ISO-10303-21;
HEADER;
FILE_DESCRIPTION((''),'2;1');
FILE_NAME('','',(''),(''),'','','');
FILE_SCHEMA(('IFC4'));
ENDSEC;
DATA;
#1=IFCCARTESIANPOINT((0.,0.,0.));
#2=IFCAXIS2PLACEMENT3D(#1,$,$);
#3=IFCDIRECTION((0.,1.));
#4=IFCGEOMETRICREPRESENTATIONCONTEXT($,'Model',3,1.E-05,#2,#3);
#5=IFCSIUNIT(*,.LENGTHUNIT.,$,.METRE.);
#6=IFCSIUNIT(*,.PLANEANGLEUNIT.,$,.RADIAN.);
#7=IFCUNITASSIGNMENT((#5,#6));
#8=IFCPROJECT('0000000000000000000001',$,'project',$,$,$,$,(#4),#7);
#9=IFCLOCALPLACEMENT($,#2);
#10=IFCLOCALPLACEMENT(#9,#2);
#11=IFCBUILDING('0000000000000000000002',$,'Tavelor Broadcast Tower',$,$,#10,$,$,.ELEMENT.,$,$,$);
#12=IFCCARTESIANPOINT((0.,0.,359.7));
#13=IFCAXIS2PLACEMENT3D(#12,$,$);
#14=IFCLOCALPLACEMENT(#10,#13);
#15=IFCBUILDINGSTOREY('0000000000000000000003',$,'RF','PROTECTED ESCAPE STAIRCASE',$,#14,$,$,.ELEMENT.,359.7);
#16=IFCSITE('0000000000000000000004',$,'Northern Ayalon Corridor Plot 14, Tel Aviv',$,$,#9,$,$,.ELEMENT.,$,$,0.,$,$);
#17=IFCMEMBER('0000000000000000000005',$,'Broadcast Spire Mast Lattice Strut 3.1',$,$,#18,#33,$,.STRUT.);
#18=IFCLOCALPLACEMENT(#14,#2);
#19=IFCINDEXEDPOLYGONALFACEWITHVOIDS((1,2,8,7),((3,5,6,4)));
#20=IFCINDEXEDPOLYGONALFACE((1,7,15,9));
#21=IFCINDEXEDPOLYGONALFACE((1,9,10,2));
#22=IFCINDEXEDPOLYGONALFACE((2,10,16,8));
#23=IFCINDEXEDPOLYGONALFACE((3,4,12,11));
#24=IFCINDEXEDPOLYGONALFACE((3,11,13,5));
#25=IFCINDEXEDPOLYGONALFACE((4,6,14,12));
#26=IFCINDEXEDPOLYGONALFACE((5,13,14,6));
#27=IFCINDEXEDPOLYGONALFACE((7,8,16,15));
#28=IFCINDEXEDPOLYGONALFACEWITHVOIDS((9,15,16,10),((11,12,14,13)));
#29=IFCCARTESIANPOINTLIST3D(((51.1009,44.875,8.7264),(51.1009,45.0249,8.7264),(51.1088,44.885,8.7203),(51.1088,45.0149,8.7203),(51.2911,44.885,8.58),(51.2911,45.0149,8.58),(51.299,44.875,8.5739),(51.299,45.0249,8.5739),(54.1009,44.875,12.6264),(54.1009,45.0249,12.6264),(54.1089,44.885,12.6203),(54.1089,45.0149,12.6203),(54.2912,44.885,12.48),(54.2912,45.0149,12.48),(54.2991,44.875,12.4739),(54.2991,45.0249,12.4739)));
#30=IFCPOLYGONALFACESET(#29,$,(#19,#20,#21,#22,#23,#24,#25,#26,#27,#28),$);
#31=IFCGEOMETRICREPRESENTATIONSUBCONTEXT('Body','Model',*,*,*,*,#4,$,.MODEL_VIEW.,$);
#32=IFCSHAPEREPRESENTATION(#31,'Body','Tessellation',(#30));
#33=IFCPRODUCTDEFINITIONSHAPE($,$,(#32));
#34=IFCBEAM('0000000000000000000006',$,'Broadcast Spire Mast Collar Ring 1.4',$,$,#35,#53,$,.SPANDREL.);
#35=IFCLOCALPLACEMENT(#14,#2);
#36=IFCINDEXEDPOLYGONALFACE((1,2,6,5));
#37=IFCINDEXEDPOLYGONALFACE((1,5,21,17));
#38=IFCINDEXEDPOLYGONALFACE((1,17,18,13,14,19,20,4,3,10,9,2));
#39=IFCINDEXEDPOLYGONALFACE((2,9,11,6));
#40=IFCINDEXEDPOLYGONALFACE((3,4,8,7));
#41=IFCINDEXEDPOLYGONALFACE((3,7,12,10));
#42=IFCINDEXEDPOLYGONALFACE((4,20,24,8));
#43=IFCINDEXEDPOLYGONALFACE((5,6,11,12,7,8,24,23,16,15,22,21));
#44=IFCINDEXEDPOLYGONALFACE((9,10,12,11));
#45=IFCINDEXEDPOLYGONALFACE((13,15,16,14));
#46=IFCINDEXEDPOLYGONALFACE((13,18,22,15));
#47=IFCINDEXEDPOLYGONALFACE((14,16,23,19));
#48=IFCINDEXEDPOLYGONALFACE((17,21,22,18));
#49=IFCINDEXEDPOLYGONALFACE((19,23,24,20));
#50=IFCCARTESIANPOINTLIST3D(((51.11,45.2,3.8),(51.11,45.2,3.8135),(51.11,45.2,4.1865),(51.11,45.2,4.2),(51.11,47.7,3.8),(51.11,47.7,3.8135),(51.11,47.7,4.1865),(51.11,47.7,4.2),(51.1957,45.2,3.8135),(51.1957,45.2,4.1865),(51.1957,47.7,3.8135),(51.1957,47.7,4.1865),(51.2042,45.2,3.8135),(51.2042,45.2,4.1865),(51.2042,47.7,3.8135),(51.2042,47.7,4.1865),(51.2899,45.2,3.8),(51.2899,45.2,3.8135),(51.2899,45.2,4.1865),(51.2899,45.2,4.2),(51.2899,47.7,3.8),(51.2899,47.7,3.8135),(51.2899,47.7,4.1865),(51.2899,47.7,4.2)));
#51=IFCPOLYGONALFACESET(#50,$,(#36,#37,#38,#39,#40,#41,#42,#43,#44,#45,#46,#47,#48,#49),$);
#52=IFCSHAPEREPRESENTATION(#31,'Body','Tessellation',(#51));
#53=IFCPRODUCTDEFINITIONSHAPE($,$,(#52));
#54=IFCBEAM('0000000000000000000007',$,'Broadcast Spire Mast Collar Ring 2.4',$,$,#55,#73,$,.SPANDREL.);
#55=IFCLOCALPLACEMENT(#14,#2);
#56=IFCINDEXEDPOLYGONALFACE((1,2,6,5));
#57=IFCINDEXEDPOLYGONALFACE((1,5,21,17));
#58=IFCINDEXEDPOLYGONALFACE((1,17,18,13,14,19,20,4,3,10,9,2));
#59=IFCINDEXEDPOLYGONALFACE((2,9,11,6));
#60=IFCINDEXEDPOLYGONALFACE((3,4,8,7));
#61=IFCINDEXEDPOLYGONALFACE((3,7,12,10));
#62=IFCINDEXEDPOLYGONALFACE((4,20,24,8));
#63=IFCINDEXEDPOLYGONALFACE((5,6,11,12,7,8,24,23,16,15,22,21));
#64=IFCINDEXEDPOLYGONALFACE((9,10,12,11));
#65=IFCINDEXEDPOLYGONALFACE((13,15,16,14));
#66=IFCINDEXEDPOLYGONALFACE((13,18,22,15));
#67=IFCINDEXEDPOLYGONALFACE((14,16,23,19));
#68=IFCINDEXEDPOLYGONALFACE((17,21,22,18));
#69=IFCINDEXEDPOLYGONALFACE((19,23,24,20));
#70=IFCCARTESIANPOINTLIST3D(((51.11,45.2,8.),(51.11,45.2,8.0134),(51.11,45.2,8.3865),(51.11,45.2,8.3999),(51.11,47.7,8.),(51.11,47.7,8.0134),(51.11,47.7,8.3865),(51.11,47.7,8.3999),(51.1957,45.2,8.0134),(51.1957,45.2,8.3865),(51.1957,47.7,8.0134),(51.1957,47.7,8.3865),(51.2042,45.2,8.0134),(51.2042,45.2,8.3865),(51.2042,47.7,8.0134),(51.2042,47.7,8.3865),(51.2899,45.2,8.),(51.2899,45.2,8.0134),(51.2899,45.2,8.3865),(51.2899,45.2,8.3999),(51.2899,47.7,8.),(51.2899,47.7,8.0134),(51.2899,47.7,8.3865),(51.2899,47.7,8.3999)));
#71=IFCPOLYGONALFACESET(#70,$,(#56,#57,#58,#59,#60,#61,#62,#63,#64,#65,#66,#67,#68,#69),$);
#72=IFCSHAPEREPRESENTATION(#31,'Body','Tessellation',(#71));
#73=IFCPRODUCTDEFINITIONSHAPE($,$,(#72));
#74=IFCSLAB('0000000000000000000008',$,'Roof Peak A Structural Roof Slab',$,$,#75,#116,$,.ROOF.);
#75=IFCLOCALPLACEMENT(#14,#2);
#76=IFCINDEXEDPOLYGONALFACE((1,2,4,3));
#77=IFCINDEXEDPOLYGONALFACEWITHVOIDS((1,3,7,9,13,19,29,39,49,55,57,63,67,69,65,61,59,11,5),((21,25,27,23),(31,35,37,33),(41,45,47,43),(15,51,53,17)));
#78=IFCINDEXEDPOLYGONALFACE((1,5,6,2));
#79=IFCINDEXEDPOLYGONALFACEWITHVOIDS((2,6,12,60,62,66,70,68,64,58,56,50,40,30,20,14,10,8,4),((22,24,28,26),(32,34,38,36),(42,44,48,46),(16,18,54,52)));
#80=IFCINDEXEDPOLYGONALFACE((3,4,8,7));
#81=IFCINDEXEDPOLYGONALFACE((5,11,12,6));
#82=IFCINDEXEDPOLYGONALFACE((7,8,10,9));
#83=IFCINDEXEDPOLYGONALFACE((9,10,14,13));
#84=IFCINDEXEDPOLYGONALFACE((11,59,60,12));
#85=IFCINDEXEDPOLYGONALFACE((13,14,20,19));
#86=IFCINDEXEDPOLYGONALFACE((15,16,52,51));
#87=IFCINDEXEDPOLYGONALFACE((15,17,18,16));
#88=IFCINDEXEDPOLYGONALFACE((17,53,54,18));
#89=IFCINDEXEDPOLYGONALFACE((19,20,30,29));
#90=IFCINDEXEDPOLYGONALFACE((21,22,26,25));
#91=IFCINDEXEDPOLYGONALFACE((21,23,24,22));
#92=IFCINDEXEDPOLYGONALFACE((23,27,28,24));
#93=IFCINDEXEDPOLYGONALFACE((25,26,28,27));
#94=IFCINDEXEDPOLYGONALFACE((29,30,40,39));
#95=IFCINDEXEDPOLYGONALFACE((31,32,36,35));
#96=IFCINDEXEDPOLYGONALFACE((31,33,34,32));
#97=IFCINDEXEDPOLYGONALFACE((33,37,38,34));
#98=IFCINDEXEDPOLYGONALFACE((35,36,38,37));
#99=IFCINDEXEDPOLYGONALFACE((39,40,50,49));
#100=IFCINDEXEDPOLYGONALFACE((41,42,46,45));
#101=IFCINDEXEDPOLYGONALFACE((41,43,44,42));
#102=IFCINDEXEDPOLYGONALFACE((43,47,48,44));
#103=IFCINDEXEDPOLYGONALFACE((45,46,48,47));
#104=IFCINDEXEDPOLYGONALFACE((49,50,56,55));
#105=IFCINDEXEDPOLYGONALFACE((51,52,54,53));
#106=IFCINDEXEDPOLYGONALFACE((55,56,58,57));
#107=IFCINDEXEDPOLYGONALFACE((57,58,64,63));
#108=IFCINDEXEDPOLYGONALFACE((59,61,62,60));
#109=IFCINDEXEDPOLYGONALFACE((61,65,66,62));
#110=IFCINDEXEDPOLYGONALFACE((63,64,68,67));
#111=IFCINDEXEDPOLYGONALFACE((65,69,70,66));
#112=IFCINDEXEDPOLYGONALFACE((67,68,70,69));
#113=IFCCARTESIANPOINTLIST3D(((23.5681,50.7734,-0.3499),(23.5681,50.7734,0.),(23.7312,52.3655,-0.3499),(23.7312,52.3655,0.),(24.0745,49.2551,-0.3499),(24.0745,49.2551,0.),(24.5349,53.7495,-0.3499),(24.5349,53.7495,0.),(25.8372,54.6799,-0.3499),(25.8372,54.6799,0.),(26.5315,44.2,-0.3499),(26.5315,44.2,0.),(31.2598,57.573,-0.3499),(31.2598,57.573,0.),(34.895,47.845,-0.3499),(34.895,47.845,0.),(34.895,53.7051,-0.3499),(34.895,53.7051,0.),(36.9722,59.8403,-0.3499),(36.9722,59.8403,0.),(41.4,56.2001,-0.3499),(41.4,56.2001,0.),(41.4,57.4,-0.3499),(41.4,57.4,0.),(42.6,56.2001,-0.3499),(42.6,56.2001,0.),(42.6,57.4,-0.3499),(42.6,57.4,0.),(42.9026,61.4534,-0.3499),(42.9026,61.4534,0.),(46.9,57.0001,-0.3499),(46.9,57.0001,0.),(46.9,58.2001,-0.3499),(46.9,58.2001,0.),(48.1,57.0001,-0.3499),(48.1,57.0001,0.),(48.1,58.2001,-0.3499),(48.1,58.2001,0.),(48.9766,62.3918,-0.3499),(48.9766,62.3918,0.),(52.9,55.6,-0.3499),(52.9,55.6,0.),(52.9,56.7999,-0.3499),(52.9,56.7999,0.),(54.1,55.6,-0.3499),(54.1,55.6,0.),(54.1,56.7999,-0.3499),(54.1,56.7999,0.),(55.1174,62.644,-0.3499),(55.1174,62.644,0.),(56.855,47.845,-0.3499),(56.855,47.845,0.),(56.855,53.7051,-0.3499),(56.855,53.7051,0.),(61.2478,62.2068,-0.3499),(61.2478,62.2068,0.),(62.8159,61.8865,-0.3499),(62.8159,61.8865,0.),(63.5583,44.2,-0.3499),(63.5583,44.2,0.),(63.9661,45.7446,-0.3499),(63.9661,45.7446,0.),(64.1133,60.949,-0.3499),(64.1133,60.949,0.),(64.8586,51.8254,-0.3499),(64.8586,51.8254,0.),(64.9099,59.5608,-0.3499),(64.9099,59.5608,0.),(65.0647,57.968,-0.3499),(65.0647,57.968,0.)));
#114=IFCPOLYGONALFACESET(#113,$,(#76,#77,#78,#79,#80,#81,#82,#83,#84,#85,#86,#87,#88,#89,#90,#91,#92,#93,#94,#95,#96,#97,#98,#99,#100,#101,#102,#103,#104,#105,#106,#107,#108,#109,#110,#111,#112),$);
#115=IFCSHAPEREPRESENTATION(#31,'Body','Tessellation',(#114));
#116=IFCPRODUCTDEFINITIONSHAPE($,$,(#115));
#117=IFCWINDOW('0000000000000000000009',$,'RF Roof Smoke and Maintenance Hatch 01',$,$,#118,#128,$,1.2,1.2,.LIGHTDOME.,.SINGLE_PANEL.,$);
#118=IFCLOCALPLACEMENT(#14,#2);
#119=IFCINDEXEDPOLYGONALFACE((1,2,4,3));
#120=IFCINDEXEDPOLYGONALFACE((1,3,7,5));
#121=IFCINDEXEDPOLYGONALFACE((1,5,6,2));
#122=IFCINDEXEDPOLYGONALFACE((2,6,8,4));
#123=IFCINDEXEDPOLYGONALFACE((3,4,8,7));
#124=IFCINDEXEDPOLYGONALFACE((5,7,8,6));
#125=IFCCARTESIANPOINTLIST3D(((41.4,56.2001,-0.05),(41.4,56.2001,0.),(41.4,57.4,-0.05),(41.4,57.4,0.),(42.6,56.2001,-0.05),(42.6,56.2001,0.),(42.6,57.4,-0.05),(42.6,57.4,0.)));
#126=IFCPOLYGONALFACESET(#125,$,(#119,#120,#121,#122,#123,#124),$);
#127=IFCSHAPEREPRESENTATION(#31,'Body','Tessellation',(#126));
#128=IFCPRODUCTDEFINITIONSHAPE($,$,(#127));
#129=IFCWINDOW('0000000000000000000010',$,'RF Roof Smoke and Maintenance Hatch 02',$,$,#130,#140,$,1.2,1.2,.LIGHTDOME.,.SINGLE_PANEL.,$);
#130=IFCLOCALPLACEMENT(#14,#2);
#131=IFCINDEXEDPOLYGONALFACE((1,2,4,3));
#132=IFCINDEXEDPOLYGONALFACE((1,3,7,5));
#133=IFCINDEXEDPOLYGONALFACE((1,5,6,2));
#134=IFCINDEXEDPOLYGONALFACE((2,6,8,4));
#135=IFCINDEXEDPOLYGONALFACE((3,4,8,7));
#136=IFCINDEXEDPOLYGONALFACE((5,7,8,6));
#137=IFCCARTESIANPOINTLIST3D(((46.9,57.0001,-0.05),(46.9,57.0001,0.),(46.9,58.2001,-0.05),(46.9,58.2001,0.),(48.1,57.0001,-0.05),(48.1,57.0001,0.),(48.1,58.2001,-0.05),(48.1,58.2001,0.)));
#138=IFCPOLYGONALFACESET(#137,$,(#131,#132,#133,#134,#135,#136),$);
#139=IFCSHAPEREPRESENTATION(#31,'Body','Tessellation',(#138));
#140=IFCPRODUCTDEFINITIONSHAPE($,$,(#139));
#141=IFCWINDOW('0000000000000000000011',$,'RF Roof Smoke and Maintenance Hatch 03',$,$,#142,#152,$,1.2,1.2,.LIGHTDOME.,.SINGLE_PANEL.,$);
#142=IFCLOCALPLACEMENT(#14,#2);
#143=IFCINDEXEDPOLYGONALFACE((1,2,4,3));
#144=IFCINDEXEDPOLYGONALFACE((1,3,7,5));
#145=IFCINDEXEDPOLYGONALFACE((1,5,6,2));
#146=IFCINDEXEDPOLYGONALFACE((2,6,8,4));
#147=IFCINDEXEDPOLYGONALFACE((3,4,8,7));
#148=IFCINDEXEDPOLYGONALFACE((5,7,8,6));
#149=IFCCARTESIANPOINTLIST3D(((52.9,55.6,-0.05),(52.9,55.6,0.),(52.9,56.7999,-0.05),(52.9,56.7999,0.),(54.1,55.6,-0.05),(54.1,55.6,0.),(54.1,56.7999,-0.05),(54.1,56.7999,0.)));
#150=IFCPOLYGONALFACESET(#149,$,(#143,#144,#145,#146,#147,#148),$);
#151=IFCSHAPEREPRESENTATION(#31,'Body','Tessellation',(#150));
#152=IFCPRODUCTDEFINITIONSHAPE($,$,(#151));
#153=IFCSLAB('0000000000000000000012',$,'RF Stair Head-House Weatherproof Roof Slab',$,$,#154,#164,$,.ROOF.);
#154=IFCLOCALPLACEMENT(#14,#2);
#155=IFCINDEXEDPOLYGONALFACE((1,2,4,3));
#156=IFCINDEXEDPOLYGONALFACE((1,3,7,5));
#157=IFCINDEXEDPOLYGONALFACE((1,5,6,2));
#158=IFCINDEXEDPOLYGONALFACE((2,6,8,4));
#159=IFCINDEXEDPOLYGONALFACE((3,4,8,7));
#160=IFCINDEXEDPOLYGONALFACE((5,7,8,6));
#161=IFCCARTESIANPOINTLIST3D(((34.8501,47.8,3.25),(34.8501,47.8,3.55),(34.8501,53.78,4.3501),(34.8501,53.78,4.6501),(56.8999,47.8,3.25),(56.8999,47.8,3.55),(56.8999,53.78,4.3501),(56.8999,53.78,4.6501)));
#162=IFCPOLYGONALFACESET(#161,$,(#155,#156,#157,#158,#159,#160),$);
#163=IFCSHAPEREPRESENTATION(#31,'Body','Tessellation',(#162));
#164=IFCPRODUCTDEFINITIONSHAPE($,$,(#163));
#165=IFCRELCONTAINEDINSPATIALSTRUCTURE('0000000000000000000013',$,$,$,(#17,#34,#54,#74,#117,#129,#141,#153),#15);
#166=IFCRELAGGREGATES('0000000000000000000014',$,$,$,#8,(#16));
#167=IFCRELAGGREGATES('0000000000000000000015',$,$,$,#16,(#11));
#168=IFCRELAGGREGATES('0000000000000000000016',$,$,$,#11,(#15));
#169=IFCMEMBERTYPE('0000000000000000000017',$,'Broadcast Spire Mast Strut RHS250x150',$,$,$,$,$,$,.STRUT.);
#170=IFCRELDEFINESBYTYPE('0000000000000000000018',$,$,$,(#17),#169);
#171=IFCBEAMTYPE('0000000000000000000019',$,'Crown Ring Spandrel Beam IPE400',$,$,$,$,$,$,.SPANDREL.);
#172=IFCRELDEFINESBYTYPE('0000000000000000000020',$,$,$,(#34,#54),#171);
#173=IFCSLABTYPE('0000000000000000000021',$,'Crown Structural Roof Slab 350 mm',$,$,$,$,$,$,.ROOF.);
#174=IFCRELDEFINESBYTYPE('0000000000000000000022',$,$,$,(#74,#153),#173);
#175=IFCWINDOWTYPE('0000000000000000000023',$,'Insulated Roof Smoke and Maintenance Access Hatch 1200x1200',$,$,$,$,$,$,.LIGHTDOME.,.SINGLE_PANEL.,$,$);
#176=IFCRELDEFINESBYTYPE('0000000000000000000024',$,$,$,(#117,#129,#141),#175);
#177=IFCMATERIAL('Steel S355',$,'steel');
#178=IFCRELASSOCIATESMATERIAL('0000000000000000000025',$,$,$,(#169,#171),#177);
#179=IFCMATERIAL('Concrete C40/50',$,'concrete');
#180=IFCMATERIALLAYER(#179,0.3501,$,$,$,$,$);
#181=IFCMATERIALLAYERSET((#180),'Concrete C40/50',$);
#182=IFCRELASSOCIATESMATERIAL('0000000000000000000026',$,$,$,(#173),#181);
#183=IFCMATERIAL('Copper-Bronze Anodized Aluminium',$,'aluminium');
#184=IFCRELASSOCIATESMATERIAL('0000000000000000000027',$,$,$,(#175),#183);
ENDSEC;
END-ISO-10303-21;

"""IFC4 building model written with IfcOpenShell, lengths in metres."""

from ifc_helpers import new_model, si_unit, direction, frame, origin, origin_2d, place, context, subcontext, project, spatial, polyline, rectangle, hollow_rectangle, i_section, outline, extrude, material, layer, layer_set, material_profile, profile_set, type_object, element, fill, save


model = new_model("IFC4")

# Units and contexts
model_context = context("Model", 3, precision=1e-05, world=origin(), true_north=direction((0.0, 1.0)))
body_context = subcontext(model_context, "Body", "Model", "MODEL_VIEW")
ifc_project = project(units=[si_unit("LENGTHUNIT", "METRE"), si_unit("PLANEANGLEUNIT", "RADIAN")], contexts=[model_context])

# Site, building, storey
site_placement = place(None, origin())
site = spatial("IfcSite", under=ifc_project, at=site_placement, Name="Northern Ayalon Corridor Plot 14, Tel Aviv", CompositionType="ELEMENT", RefElevation=0.0)
building_placement = place(site_placement, origin())
building = spatial("IfcBuilding", under=site, at=building_placement, Name="Tavelor Broadcast Tower", CompositionType="ELEMENT")
storey_placement = place(building_placement, frame((0.0, 0.0, 359.7)))
storey = spatial("IfcBuildingStorey", under=building, at=storey_placement, Name="RF", Description="PROTECTED ESCAPE STAIRCASE", CompositionType="ELEMENT", Elevation=359.7)

# Shared definitions
ifc_material_1 = material(Name="Steel S355", Category="steel")

# Member
ifc_material_profile_1 = material_profile(ifc_material_1, hollow_rectangle(XDim=0.1499, YDim=0.25, WallThickness=0.01, at=origin_2d()), Name="RHS 250x150x10")
ifc_profile_set_1 = profile_set([ifc_material_profile_1], Name="Steel S355")
member_type = type_object("IfcMemberType", Name="Broadcast Spire Mast Strut RHS250x150", PredefinedType="STRUT", material=ifc_profile_set_1)
member_placement = place(storey_placement, frame((51.2, 44.95, 8.6501), z_axis=(0.60972, 0.0, 0.792617), x_axis=(0.0, 1.0, 0.0)))
element("IfcMember", 1, at=member_placement, inside=storey, type_object=member_type, Name="Broadcast Spire Mast Lattice Strut 3.1", PredefinedType="STRUT", context=body_context, shape_type="SweptSolid", body=[
    extrude(hollow_rectangle(XDim=0.1499, YDim=0.25, WallThickness=0.01, at=origin_2d()), origin(), (0.0, 0.0, 1.0), 4.9204),
])

# Beams
ifc_material_profile_2 = material_profile(ifc_material_1, i_section(OverallWidth=0.1799, OverallDepth=0.3999, WebThickness=0.0085, FlangeThickness=0.0134, at=origin_2d()), Name="IPE 400")
ifc_profile_set_2 = profile_set([ifc_material_profile_2], Name="Steel S355")
beam_type = type_object("IfcBeamType", Name="Crown Ring Spandrel Beam IPE400", PredefinedType="SPANDREL", material=ifc_profile_set_2)
for number, where, z_axis, x_axis, name in (
    (2, (51.2, 47.7, 4.0), (0.0, -1.0, 0.0), (1.0, 0.0, 0.0), "Broadcast Spire Mast Collar Ring 1.4"),
    (3, (51.2, 47.7, 8.2), (0.0, -1.0, 0.0), (1.0, 0.0, 0.0), "Broadcast Spire Mast Collar Ring 2.4"),
):
    element("IfcBeam", number, at=place(storey_placement, frame(where, z_axis=z_axis, x_axis=x_axis)), inside=storey, type_object=beam_type, Name=name, PredefinedType="SPANDREL", context=body_context, shape_type="SweptSolid", body=[
        extrude(i_section(OverallWidth=0.1799, OverallDepth=0.3999, WebThickness=0.0085, FlangeThickness=0.0134, at=origin_2d()), origin(), (0.0, 0.0, 1.0), 2.5),
    ])

# Slab, openings, windows
ifc_material_2 = material(Name="Concrete C40/50", Category="concrete")
ifc_layer_1 = layer(ifc_material_2, 0.3501)
ifc_layer_set_1 = layer_set([ifc_layer_1], Name="Concrete C40/50")
slab_type_1 = type_object("IfcSlabType", Name="Crown Structural Roof Slab 350 mm", PredefinedType="ROOF", material=ifc_layer_set_1)
slab_1_placement = place(storey_placement, frame((0.0, 0.0, -0.3499)))
slab_1 = element("IfcSlab", 4, at=slab_1_placement, inside=storey, type_object=slab_type_1, Name="Roof Peak A Structural Roof Slab", PredefinedType="ROOF", context=body_context, shape_type="SweptSolid", body=[
    extrude(outline(polyline([(24.0745, 49.2551), (26.5315, 44.2), (63.5583, 44.2), (63.9661, 45.7446), (64.8586, 51.8254), (65.0647, 57.968), (64.9099, 59.5608), (64.1133, 60.949), (62.8159, 61.8865), (61.2478, 62.2068), (55.1174, 62.644), (48.9766, 62.3918), (42.9026, 61.4534), (36.9722, 59.8403), (31.2598, 57.573), (25.8372, 54.6799), (24.5349, 53.7495), (23.7312, 52.3655), (23.5681, 50.7734), (24.0745, 49.2551)]), holes=[polyline([(56.855, 47.845), (34.895, 47.845), (34.895, 53.7051), (56.855, 53.7051), (56.855, 47.845)])]), origin(), (0.0, 0.0, 1.0), 0.3499),
])
opening_1_placement = place(slab_1_placement, frame((42.0, 56.8, 0.0)))
opening_1 = element("IfcOpeningElement", 5, at=opening_1_placement, cuts=slab_1, PredefinedType="OPENING", context=body_context, shape_type="SweptSolid", body=[
    extrude(rectangle(XDim=1.2, YDim=1.2, at=origin_2d()), frame((0.0, 0.0, -0.01)), (0.0, 0.0, 1.0), 0.3699),
])
opening_2_placement = place(slab_1_placement, frame((47.5, 57.6001, 0.0)))
opening_2 = element("IfcOpeningElement", 6, at=opening_2_placement, cuts=slab_1, PredefinedType="OPENING", context=body_context, shape_type="SweptSolid", body=[
    extrude(rectangle(XDim=1.2, YDim=1.2, at=origin_2d()), frame((0.0, 0.0, -0.01)), (0.0, 0.0, 1.0), 0.3699),
])
opening_3_placement = place(slab_1_placement, frame((53.5, 56.2, 0.0)))
opening_3 = element("IfcOpeningElement", 7, at=opening_3_placement, cuts=slab_1, PredefinedType="OPENING", context=body_context, shape_type="SweptSolid", body=[
    extrude(rectangle(XDim=1.2, YDim=1.2, at=origin_2d()), frame((0.0, 0.0, -0.01)), (0.0, 0.0, 1.0), 0.3699),
])
ifc_material_3 = material(Name="Copper-Bronze Anodized Aluminium", Category="aluminium")
window_type = type_object("IfcWindowType", Name="Insulated Roof Smoke and Maintenance Access Hatch 1200x1200", PartitioningType="SINGLE_PANEL", PredefinedType="LIGHTDOME", material=ifc_material_3)
window_1_placement = place(opening_1_placement, frame((0.0, 0.0, 0.2998)))
window_1 = element("IfcWindow", 8, at=window_1_placement, inside=storey, type_object=window_type, Name="RF Roof Smoke and Maintenance Hatch 01", OverallHeight=1.2, OverallWidth=1.2, PartitioningType="SINGLE_PANEL", PredefinedType="LIGHTDOME", context=body_context, shape_type="SweptSolid", body=[
    extrude(rectangle(XDim=1.2, YDim=1.2, at=origin_2d()), origin(), (0.0, 0.0, 1.0), 0.05),
])
fill(opening_1, window_1)
window_2_placement = place(opening_2_placement, frame((0.0, 0.0, 0.2998)))
window_2 = element("IfcWindow", 9, at=window_2_placement, inside=storey, type_object=window_type, Name="RF Roof Smoke and Maintenance Hatch 02", OverallHeight=1.2, OverallWidth=1.2, PartitioningType="SINGLE_PANEL", PredefinedType="LIGHTDOME", context=body_context, shape_type="SweptSolid", body=[
    extrude(rectangle(XDim=1.2, YDim=1.2, at=origin_2d()), origin(), (0.0, 0.0, 1.0), 0.05),
])
fill(opening_2, window_2)
window_3_placement = place(opening_3_placement, frame((0.0, 0.0, 0.2998)))
window_3 = element("IfcWindow", 10, at=window_3_placement, inside=storey, type_object=window_type, Name="RF Roof Smoke and Maintenance Hatch 03", OverallHeight=1.2, OverallWidth=1.2, PartitioningType="SINGLE_PANEL", PredefinedType="LIGHTDOME", context=body_context, shape_type="SweptSolid", body=[
    extrude(rectangle(XDim=1.2, YDim=1.2, at=origin_2d()), origin(), (0.0, 0.0, 1.0), 0.05),
])
fill(opening_3, window_3)

# Slab
slab_2_placement = place(storey_placement, frame((34.8501, 47.8, 3.55), z_axis=(0.0, 0.0, 1.0), x_axis=(0.0, 1.0, 0.0)))
element("IfcSlab", 11, at=slab_2_placement, inside=storey, type_object=slab_type_1, Name="RF Stair Head-House Weatherproof Roof Slab", PredefinedType="ROOF", context=body_context, shape_type="SweptSolid", body=[
    extrude(outline(polyline([(0.0, -0.3), (5.98, 0.8), (5.98, 1.1001), (0.0, 0.0), (0.0, -0.3)])), frame((0.0, 0.0, 0.0), z_axis=(0.0, -1.0, 0.0), x_axis=(1.0, 0.0, 0.0)), (0.0, 0.0, 1.0), 22.0498),
])

save(model, "model.ifc")
